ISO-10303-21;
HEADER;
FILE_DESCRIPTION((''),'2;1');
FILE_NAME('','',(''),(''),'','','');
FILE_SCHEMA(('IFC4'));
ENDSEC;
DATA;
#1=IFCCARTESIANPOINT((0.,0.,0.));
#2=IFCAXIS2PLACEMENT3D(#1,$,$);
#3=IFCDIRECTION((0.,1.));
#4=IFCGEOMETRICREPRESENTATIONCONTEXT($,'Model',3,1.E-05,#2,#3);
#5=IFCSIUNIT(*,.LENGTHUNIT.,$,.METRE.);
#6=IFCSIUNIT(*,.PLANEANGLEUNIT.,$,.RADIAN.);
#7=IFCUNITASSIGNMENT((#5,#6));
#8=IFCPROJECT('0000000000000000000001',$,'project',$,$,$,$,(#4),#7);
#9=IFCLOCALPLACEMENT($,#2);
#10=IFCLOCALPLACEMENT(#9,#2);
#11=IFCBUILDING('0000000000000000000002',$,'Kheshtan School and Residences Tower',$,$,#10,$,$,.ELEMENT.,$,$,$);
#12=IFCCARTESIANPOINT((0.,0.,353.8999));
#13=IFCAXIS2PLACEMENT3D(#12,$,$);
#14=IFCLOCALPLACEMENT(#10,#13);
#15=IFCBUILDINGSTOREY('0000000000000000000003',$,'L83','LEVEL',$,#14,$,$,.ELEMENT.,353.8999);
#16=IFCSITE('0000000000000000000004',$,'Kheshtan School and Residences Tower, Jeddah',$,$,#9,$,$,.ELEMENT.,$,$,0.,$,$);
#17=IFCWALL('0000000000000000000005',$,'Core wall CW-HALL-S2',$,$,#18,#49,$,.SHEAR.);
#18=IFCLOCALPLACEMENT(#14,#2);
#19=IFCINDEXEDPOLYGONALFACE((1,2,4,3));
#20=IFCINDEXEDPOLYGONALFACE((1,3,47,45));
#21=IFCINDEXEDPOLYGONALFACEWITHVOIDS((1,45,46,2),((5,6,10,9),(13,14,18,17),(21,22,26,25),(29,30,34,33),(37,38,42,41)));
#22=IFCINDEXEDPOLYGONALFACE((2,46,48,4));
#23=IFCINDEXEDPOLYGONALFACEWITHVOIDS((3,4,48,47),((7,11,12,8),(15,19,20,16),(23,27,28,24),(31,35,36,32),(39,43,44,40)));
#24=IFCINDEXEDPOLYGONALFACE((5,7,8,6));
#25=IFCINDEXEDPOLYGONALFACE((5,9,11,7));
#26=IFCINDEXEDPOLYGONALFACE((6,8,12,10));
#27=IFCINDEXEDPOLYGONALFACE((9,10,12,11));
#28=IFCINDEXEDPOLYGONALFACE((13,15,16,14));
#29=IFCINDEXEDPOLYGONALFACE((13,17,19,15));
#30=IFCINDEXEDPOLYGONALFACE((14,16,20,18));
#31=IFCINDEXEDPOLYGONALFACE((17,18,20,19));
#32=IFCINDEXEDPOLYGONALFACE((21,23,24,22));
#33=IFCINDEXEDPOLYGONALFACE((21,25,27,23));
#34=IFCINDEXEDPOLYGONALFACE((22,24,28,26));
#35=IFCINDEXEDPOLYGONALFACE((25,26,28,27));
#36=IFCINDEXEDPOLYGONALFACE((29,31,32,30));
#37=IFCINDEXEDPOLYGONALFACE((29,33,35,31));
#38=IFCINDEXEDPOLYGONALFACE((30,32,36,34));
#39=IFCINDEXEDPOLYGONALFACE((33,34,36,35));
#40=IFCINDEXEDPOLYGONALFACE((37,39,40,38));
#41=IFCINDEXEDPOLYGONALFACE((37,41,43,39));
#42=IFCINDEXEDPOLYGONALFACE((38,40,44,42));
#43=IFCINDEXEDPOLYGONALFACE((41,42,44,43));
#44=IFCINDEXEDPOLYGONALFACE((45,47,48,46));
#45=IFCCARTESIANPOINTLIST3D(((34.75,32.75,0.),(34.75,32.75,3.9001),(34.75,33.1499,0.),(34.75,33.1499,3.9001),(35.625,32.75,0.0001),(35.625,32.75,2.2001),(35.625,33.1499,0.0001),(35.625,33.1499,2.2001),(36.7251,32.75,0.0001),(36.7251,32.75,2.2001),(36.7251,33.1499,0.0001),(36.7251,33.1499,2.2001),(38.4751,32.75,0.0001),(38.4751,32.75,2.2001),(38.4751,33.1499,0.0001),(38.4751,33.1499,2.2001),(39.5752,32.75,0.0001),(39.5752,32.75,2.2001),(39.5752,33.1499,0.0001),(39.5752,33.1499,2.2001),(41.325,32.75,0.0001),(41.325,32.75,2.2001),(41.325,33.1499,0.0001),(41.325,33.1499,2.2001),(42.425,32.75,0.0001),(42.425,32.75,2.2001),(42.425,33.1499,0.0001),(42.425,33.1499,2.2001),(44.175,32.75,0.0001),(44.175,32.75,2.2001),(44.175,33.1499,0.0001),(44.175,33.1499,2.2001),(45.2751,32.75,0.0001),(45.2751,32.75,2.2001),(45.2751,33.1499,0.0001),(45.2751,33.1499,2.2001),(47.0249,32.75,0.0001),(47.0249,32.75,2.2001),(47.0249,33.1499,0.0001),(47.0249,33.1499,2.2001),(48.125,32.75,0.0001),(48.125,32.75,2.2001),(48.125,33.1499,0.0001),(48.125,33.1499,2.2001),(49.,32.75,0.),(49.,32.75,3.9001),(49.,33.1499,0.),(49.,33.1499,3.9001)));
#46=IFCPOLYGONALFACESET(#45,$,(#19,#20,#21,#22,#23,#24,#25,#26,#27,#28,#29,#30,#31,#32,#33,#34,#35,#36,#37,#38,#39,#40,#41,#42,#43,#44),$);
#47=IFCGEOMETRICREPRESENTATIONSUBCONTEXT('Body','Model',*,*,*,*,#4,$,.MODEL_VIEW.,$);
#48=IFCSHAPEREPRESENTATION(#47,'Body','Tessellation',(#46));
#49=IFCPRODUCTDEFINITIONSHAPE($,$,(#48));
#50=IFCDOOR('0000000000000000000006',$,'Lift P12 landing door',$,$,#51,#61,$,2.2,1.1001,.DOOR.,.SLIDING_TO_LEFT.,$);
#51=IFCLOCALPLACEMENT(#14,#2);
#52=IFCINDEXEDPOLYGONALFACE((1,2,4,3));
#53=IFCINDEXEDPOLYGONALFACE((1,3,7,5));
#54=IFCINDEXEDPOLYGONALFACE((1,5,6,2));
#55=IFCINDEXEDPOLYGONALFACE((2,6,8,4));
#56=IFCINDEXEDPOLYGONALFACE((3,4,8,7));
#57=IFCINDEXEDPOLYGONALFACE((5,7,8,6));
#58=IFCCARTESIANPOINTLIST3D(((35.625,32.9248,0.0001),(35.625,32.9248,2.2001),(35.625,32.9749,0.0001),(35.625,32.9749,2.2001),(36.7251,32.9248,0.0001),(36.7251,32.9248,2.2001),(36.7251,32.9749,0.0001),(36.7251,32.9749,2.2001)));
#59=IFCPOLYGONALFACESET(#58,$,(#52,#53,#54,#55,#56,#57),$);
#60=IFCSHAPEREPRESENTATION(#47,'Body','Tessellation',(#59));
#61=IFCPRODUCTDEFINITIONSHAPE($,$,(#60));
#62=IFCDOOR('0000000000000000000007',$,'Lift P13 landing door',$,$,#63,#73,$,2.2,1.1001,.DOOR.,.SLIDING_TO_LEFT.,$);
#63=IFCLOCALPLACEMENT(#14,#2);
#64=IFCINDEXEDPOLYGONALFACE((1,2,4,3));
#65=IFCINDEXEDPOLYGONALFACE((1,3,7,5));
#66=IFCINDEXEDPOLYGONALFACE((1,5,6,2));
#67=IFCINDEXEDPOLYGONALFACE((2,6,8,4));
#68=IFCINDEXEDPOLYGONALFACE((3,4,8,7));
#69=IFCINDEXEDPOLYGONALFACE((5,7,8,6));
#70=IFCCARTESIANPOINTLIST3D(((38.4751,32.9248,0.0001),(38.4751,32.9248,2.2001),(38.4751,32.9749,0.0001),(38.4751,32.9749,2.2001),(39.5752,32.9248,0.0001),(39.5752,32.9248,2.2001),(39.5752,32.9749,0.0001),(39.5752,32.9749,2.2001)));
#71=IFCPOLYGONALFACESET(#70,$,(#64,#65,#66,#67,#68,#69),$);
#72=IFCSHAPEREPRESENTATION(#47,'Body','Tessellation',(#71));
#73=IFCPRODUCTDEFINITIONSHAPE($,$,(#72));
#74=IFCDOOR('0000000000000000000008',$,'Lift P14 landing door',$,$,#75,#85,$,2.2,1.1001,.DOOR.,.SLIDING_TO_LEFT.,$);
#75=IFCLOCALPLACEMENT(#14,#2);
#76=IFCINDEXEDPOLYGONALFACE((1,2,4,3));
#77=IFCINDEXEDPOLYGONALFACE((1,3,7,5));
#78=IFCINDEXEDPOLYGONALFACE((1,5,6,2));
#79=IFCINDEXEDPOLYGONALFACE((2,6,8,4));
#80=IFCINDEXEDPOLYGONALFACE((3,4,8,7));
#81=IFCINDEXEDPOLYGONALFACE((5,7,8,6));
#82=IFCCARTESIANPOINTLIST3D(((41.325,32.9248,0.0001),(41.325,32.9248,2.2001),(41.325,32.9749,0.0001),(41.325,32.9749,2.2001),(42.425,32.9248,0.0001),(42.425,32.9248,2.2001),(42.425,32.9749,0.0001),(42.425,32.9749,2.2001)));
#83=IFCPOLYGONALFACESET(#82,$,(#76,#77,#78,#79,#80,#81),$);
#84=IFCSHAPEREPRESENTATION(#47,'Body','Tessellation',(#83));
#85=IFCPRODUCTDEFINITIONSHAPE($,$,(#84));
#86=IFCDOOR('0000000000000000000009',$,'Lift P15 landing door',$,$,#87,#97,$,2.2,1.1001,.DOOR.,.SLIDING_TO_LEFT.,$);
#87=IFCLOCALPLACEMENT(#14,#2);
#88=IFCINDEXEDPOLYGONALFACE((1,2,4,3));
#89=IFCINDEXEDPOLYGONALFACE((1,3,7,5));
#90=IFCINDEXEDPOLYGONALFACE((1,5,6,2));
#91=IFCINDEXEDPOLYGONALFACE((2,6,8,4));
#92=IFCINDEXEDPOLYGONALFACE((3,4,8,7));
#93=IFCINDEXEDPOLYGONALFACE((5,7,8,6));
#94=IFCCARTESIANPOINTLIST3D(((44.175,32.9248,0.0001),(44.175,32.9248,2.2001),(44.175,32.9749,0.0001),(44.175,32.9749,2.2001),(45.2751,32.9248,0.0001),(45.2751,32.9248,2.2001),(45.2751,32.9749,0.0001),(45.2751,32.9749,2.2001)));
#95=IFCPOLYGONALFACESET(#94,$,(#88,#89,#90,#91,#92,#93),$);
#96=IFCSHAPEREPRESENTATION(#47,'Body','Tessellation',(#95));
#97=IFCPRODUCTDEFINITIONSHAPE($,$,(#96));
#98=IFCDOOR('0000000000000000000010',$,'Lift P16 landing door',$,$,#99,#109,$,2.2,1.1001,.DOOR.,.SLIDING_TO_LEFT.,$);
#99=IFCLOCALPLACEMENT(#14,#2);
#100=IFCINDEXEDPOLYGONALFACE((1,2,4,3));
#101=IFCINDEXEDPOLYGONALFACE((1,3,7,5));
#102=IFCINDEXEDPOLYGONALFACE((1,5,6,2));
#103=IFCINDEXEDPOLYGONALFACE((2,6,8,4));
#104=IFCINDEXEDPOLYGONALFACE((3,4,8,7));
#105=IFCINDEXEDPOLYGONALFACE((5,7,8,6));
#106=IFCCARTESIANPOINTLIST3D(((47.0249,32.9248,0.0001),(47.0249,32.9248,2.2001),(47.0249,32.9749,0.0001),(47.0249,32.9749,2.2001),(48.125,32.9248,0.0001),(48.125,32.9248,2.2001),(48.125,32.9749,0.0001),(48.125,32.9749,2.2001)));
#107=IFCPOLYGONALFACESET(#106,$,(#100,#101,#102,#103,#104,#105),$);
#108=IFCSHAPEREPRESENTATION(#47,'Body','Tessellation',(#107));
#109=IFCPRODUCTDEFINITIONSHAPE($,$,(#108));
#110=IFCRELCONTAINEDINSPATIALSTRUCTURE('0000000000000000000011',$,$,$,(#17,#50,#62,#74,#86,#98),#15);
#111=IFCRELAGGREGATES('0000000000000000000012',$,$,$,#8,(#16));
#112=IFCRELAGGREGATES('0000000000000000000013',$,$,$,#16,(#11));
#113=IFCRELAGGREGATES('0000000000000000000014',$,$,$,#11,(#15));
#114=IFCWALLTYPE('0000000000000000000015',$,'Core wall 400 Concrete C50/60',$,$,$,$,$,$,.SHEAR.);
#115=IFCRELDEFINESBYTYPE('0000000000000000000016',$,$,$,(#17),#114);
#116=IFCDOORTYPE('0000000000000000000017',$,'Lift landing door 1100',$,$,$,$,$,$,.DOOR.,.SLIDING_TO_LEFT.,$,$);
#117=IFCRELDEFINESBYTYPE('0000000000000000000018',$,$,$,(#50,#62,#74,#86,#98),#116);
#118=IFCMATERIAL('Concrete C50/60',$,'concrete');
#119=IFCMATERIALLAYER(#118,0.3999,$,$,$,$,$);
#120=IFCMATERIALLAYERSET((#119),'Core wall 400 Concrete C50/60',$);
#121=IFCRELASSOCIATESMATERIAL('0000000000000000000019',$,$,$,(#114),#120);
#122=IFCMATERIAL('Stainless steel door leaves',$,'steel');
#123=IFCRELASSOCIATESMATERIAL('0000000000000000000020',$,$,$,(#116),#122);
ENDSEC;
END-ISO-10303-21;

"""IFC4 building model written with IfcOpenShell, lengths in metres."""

from ifc_helpers import new_model, si_unit, direction, frame, frame_2d, origin, place, context, subcontext, project, spatial, rectangle, extrude, source, transform, mapped, material, layer, layer_set, type_object, element, fill, save


model = new_model("IFC4")

# Units and contexts
model_context = context("Model", 3, precision=1e-05, world=origin(), true_north=direction((0.0, 1.0)))
body_context = subcontext(model_context, "Body", "Model", "MODEL_VIEW")
ifc_project = project(units=[si_unit("LENGTHUNIT", "METRE"), si_unit("PLANEANGLEUNIT", "RADIAN")], contexts=[model_context])

# Site, building, storey
site_placement = place(None, origin())
site = spatial("IfcSite", under=ifc_project, at=site_placement, Name="Kheshtan School and Residences Tower, Jeddah", CompositionType="ELEMENT", RefElevation=0.0)
building_placement = place(site_placement, origin())
building = spatial("IfcBuilding", under=site, at=building_placement, Name="Kheshtan School and Residences Tower", CompositionType="ELEMENT")
storey_placement = place(building_placement, frame((0.0, 0.0, 353.8999)))
storey = spatial("IfcBuildingStorey", under=building, at=storey_placement, Name="L83", Description="LEVEL", CompositionType="ELEMENT", Elevation=353.8999)

# Wall, openings, doors
ifc_material_1 = material(Name="Concrete C50/60", Category="concrete")
ifc_layer_1 = layer(ifc_material_1, 0.3999)
ifc_layer_set_1 = layer_set([ifc_layer_1], Name="Core wall 400 Concrete C50/60")
wall_type_1 = type_object("IfcWallType", Name="Core wall 400 Concrete C50/60", PredefinedType="SHEAR", material=ifc_layer_set_1)
wall_1_placement = place(storey_placement, frame((34.75, 32.95, 0.0), z_axis=(0.0, 0.0, 1.0), x_axis=(1.0, 0.0, 0.0)))
wall_1 = element("IfcWall", 1, at=wall_1_placement, inside=storey, type_object=wall_type_1, Name="Core wall CW-HALL-S2", PredefinedType="SHEAR", context=body_context, shape_type="SweptSolid", body=[
    extrude(rectangle(XDim=14.25, YDim=0.3999, at=frame_2d((7.125, 0.0))), origin(), (0.0, 0.0, 1.0), 3.9001),
])
opening_1_placement = place(wall_1_placement, frame((0.875, 0.0, 0.0)))
opening_1 = element("IfcOpeningElement", 2, at=opening_1_placement, cuts=wall_1, PredefinedType="OPENING", context=body_context, shape_type="SweptSolid", body=[
    extrude(rectangle(XDim=1.1001, YDim=2.2, at=frame_2d((0.55, 1.1001))), frame((0.0, 0.21, 0.0), z_axis=(0.0, -1.0, 0.0), x_axis=(1.0, 0.0, 0.0)), (0.0, 0.0, 1.0), 0.4199),
])
opening_2_placement = place(wall_1_placement, frame((3.7251, 0.0, 0.0)))
opening_2 = element("IfcOpeningElement", 3, at=opening_2_placement, cuts=wall_1, PredefinedType="OPENING", context=body_context, shape_type="SweptSolid", body=[
    extrude(rectangle(XDim=1.1001, YDim=2.2, at=frame_2d((0.55, 1.1001))), frame((0.0, 0.21, 0.0), z_axis=(0.0, -1.0, 0.0), x_axis=(1.0, 0.0, 0.0)), (0.0, 0.0, 1.0), 0.4199),
])
opening_3_placement = place(wall_1_placement, frame((6.575, 0.0, 0.0)))
opening_3 = element("IfcOpeningElement", 4, at=opening_3_placement, cuts=wall_1, PredefinedType="OPENING", context=body_context, shape_type="SweptSolid", body=[
    extrude(rectangle(XDim=1.1001, YDim=2.2, at=frame_2d((0.55, 1.1001))), frame((0.0, 0.21, 0.0), z_axis=(0.0, -1.0, 0.0), x_axis=(1.0, 0.0, 0.0)), (0.0, 0.0, 1.0), 0.4199),
])
opening_4_placement = place(wall_1_placement, frame((9.425, 0.0, 0.0)))
opening_4 = element("IfcOpeningElement", 5, at=opening_4_placement, cuts=wall_1, PredefinedType="OPENING", context=body_context, shape_type="SweptSolid", body=[
    extrude(rectangle(XDim=1.1001, YDim=2.2, at=frame_2d((0.55, 1.1001))), frame((0.0, 0.21, 0.0), z_axis=(0.0, -1.0, 0.0), x_axis=(1.0, 0.0, 0.0)), (0.0, 0.0, 1.0), 0.4199),
])
opening_5_placement = place(wall_1_placement, frame((12.2749, 0.0, 0.0)))
opening_5 = element("IfcOpeningElement", 6, at=opening_5_placement, cuts=wall_1, PredefinedType="OPENING", context=body_context, shape_type="SweptSolid", body=[
    extrude(rectangle(XDim=1.1001, YDim=2.2, at=frame_2d((0.55, 1.1001))), frame((0.0, 0.21, 0.0), z_axis=(0.0, -1.0, 0.0), x_axis=(1.0, 0.0, 0.0)), (0.0, 0.0, 1.0), 0.4199),
])
ifc_material_2 = material(Name="Stainless steel door leaves", Category="steel")
door_type_1 = type_object("IfcDoorType", Name="Lift landing door 1100", OperationType="SLIDING_TO_LEFT", PredefinedType="DOOR", material=ifc_material_2)
shared_shape_1 = source(origin(), body_context, "Body", "SweptSolid", [
    extrude(rectangle(XDim=1.1001, YDim=2.2, at=frame_2d((0.55, 1.1001))), frame((0.0, 0.0249, 0.0), z_axis=(0.0, -1.0, 0.0), x_axis=(1.0, 0.0, 0.0)), (0.0, 0.0, 1.0), 0.05),
])
door_1_placement = place(opening_1_placement, origin())
door_1 = element("IfcDoor", 7, at=door_1_placement, inside=storey, type_object=door_type_1, Name="Lift P12 landing door", OperationType="SLIDING_TO_LEFT", OverallHeight=2.2, OverallWidth=1.1001, PredefinedType="DOOR", context=body_context, shape_type="MappedRepresentation", body=[
    mapped(shared_shape_1, transform((0.0, 0.0, 0.0), x_axis=(1.0, 0.0, 0.0), y_axis=(0.0, 1.0, 0.0), z_axis=(0.0, 0.0, 1.0), scale=1.0)),
])
fill(opening_1, door_1)
door_2_placement = place(opening_2_placement, origin())
door_2 = element("IfcDoor", 8, at=door_2_placement, inside=storey, type_object=door_type_1, Name="Lift P13 landing door", OperationType="SLIDING_TO_LEFT", OverallHeight=2.2, OverallWidth=1.1001, PredefinedType="DOOR", context=body_context, shape_type="MappedRepresentation", body=[
    mapped(shared_shape_1, transform((0.0, 0.0, 0.0), x_axis=(1.0, 0.0, 0.0), y_axis=(0.0, 1.0, 0.0), z_axis=(0.0, 0.0, 1.0), scale=1.0)),
])
fill(opening_2, door_2)
door_3_placement = place(opening_3_placement, origin())
door_3 = element("IfcDoor", 9, at=door_3_placement, inside=storey, type_object=door_type_1, Name="Lift P14 landing door", OperationType="SLIDING_TO_LEFT", OverallHeight=2.2, OverallWidth=1.1001, PredefinedType="DOOR", context=body_context, shape_type="MappedRepresentation", body=[
    mapped(shared_shape_1, transform((0.0, 0.0, 0.0), x_axis=(1.0, 0.0, 0.0), y_axis=(0.0, 1.0, 0.0), z_axis=(0.0, 0.0, 1.0), scale=1.0)),
])
fill(opening_3, door_3)
door_4_placement = place(opening_4_placement, origin())
door_4 = element("IfcDoor", 10, at=door_4_placement, inside=storey, type_object=door_type_1, Name="Lift P15 landing door", OperationType="SLIDING_TO_LEFT", OverallHeight=2.2, OverallWidth=1.1001, PredefinedType="DOOR", context=body_context, shape_type="MappedRepresentation", body=[
    mapped(shared_shape_1, transform((0.0, 0.0, 0.0), x_axis=(1.0, 0.0, 0.0), y_axis=(0.0, 1.0, 0.0), z_axis=(0.0, 0.0, 1.0), scale=1.0)),
])
fill(opening_4, door_4)
door_5_placement = place(opening_5_placement, origin())
door_5 = element("IfcDoor", 11, at=door_5_placement, inside=storey, type_object=door_type_1, Name="Lift P16 landing door", OperationType="SLIDING_TO_LEFT", OverallHeight=2.2, OverallWidth=1.1001, PredefinedType="DOOR", context=body_context, shape_type="MappedRepresentation", body=[
    mapped(shared_shape_1, transform((0.0, 0.0, 0.0), x_axis=(1.0, 0.0, 0.0), y_axis=(0.0, 1.0, 0.0), z_axis=(0.0, 0.0, 1.0), scale=1.0)),
])
fill(opening_5, door_5)

save(model, "model.ifc")
